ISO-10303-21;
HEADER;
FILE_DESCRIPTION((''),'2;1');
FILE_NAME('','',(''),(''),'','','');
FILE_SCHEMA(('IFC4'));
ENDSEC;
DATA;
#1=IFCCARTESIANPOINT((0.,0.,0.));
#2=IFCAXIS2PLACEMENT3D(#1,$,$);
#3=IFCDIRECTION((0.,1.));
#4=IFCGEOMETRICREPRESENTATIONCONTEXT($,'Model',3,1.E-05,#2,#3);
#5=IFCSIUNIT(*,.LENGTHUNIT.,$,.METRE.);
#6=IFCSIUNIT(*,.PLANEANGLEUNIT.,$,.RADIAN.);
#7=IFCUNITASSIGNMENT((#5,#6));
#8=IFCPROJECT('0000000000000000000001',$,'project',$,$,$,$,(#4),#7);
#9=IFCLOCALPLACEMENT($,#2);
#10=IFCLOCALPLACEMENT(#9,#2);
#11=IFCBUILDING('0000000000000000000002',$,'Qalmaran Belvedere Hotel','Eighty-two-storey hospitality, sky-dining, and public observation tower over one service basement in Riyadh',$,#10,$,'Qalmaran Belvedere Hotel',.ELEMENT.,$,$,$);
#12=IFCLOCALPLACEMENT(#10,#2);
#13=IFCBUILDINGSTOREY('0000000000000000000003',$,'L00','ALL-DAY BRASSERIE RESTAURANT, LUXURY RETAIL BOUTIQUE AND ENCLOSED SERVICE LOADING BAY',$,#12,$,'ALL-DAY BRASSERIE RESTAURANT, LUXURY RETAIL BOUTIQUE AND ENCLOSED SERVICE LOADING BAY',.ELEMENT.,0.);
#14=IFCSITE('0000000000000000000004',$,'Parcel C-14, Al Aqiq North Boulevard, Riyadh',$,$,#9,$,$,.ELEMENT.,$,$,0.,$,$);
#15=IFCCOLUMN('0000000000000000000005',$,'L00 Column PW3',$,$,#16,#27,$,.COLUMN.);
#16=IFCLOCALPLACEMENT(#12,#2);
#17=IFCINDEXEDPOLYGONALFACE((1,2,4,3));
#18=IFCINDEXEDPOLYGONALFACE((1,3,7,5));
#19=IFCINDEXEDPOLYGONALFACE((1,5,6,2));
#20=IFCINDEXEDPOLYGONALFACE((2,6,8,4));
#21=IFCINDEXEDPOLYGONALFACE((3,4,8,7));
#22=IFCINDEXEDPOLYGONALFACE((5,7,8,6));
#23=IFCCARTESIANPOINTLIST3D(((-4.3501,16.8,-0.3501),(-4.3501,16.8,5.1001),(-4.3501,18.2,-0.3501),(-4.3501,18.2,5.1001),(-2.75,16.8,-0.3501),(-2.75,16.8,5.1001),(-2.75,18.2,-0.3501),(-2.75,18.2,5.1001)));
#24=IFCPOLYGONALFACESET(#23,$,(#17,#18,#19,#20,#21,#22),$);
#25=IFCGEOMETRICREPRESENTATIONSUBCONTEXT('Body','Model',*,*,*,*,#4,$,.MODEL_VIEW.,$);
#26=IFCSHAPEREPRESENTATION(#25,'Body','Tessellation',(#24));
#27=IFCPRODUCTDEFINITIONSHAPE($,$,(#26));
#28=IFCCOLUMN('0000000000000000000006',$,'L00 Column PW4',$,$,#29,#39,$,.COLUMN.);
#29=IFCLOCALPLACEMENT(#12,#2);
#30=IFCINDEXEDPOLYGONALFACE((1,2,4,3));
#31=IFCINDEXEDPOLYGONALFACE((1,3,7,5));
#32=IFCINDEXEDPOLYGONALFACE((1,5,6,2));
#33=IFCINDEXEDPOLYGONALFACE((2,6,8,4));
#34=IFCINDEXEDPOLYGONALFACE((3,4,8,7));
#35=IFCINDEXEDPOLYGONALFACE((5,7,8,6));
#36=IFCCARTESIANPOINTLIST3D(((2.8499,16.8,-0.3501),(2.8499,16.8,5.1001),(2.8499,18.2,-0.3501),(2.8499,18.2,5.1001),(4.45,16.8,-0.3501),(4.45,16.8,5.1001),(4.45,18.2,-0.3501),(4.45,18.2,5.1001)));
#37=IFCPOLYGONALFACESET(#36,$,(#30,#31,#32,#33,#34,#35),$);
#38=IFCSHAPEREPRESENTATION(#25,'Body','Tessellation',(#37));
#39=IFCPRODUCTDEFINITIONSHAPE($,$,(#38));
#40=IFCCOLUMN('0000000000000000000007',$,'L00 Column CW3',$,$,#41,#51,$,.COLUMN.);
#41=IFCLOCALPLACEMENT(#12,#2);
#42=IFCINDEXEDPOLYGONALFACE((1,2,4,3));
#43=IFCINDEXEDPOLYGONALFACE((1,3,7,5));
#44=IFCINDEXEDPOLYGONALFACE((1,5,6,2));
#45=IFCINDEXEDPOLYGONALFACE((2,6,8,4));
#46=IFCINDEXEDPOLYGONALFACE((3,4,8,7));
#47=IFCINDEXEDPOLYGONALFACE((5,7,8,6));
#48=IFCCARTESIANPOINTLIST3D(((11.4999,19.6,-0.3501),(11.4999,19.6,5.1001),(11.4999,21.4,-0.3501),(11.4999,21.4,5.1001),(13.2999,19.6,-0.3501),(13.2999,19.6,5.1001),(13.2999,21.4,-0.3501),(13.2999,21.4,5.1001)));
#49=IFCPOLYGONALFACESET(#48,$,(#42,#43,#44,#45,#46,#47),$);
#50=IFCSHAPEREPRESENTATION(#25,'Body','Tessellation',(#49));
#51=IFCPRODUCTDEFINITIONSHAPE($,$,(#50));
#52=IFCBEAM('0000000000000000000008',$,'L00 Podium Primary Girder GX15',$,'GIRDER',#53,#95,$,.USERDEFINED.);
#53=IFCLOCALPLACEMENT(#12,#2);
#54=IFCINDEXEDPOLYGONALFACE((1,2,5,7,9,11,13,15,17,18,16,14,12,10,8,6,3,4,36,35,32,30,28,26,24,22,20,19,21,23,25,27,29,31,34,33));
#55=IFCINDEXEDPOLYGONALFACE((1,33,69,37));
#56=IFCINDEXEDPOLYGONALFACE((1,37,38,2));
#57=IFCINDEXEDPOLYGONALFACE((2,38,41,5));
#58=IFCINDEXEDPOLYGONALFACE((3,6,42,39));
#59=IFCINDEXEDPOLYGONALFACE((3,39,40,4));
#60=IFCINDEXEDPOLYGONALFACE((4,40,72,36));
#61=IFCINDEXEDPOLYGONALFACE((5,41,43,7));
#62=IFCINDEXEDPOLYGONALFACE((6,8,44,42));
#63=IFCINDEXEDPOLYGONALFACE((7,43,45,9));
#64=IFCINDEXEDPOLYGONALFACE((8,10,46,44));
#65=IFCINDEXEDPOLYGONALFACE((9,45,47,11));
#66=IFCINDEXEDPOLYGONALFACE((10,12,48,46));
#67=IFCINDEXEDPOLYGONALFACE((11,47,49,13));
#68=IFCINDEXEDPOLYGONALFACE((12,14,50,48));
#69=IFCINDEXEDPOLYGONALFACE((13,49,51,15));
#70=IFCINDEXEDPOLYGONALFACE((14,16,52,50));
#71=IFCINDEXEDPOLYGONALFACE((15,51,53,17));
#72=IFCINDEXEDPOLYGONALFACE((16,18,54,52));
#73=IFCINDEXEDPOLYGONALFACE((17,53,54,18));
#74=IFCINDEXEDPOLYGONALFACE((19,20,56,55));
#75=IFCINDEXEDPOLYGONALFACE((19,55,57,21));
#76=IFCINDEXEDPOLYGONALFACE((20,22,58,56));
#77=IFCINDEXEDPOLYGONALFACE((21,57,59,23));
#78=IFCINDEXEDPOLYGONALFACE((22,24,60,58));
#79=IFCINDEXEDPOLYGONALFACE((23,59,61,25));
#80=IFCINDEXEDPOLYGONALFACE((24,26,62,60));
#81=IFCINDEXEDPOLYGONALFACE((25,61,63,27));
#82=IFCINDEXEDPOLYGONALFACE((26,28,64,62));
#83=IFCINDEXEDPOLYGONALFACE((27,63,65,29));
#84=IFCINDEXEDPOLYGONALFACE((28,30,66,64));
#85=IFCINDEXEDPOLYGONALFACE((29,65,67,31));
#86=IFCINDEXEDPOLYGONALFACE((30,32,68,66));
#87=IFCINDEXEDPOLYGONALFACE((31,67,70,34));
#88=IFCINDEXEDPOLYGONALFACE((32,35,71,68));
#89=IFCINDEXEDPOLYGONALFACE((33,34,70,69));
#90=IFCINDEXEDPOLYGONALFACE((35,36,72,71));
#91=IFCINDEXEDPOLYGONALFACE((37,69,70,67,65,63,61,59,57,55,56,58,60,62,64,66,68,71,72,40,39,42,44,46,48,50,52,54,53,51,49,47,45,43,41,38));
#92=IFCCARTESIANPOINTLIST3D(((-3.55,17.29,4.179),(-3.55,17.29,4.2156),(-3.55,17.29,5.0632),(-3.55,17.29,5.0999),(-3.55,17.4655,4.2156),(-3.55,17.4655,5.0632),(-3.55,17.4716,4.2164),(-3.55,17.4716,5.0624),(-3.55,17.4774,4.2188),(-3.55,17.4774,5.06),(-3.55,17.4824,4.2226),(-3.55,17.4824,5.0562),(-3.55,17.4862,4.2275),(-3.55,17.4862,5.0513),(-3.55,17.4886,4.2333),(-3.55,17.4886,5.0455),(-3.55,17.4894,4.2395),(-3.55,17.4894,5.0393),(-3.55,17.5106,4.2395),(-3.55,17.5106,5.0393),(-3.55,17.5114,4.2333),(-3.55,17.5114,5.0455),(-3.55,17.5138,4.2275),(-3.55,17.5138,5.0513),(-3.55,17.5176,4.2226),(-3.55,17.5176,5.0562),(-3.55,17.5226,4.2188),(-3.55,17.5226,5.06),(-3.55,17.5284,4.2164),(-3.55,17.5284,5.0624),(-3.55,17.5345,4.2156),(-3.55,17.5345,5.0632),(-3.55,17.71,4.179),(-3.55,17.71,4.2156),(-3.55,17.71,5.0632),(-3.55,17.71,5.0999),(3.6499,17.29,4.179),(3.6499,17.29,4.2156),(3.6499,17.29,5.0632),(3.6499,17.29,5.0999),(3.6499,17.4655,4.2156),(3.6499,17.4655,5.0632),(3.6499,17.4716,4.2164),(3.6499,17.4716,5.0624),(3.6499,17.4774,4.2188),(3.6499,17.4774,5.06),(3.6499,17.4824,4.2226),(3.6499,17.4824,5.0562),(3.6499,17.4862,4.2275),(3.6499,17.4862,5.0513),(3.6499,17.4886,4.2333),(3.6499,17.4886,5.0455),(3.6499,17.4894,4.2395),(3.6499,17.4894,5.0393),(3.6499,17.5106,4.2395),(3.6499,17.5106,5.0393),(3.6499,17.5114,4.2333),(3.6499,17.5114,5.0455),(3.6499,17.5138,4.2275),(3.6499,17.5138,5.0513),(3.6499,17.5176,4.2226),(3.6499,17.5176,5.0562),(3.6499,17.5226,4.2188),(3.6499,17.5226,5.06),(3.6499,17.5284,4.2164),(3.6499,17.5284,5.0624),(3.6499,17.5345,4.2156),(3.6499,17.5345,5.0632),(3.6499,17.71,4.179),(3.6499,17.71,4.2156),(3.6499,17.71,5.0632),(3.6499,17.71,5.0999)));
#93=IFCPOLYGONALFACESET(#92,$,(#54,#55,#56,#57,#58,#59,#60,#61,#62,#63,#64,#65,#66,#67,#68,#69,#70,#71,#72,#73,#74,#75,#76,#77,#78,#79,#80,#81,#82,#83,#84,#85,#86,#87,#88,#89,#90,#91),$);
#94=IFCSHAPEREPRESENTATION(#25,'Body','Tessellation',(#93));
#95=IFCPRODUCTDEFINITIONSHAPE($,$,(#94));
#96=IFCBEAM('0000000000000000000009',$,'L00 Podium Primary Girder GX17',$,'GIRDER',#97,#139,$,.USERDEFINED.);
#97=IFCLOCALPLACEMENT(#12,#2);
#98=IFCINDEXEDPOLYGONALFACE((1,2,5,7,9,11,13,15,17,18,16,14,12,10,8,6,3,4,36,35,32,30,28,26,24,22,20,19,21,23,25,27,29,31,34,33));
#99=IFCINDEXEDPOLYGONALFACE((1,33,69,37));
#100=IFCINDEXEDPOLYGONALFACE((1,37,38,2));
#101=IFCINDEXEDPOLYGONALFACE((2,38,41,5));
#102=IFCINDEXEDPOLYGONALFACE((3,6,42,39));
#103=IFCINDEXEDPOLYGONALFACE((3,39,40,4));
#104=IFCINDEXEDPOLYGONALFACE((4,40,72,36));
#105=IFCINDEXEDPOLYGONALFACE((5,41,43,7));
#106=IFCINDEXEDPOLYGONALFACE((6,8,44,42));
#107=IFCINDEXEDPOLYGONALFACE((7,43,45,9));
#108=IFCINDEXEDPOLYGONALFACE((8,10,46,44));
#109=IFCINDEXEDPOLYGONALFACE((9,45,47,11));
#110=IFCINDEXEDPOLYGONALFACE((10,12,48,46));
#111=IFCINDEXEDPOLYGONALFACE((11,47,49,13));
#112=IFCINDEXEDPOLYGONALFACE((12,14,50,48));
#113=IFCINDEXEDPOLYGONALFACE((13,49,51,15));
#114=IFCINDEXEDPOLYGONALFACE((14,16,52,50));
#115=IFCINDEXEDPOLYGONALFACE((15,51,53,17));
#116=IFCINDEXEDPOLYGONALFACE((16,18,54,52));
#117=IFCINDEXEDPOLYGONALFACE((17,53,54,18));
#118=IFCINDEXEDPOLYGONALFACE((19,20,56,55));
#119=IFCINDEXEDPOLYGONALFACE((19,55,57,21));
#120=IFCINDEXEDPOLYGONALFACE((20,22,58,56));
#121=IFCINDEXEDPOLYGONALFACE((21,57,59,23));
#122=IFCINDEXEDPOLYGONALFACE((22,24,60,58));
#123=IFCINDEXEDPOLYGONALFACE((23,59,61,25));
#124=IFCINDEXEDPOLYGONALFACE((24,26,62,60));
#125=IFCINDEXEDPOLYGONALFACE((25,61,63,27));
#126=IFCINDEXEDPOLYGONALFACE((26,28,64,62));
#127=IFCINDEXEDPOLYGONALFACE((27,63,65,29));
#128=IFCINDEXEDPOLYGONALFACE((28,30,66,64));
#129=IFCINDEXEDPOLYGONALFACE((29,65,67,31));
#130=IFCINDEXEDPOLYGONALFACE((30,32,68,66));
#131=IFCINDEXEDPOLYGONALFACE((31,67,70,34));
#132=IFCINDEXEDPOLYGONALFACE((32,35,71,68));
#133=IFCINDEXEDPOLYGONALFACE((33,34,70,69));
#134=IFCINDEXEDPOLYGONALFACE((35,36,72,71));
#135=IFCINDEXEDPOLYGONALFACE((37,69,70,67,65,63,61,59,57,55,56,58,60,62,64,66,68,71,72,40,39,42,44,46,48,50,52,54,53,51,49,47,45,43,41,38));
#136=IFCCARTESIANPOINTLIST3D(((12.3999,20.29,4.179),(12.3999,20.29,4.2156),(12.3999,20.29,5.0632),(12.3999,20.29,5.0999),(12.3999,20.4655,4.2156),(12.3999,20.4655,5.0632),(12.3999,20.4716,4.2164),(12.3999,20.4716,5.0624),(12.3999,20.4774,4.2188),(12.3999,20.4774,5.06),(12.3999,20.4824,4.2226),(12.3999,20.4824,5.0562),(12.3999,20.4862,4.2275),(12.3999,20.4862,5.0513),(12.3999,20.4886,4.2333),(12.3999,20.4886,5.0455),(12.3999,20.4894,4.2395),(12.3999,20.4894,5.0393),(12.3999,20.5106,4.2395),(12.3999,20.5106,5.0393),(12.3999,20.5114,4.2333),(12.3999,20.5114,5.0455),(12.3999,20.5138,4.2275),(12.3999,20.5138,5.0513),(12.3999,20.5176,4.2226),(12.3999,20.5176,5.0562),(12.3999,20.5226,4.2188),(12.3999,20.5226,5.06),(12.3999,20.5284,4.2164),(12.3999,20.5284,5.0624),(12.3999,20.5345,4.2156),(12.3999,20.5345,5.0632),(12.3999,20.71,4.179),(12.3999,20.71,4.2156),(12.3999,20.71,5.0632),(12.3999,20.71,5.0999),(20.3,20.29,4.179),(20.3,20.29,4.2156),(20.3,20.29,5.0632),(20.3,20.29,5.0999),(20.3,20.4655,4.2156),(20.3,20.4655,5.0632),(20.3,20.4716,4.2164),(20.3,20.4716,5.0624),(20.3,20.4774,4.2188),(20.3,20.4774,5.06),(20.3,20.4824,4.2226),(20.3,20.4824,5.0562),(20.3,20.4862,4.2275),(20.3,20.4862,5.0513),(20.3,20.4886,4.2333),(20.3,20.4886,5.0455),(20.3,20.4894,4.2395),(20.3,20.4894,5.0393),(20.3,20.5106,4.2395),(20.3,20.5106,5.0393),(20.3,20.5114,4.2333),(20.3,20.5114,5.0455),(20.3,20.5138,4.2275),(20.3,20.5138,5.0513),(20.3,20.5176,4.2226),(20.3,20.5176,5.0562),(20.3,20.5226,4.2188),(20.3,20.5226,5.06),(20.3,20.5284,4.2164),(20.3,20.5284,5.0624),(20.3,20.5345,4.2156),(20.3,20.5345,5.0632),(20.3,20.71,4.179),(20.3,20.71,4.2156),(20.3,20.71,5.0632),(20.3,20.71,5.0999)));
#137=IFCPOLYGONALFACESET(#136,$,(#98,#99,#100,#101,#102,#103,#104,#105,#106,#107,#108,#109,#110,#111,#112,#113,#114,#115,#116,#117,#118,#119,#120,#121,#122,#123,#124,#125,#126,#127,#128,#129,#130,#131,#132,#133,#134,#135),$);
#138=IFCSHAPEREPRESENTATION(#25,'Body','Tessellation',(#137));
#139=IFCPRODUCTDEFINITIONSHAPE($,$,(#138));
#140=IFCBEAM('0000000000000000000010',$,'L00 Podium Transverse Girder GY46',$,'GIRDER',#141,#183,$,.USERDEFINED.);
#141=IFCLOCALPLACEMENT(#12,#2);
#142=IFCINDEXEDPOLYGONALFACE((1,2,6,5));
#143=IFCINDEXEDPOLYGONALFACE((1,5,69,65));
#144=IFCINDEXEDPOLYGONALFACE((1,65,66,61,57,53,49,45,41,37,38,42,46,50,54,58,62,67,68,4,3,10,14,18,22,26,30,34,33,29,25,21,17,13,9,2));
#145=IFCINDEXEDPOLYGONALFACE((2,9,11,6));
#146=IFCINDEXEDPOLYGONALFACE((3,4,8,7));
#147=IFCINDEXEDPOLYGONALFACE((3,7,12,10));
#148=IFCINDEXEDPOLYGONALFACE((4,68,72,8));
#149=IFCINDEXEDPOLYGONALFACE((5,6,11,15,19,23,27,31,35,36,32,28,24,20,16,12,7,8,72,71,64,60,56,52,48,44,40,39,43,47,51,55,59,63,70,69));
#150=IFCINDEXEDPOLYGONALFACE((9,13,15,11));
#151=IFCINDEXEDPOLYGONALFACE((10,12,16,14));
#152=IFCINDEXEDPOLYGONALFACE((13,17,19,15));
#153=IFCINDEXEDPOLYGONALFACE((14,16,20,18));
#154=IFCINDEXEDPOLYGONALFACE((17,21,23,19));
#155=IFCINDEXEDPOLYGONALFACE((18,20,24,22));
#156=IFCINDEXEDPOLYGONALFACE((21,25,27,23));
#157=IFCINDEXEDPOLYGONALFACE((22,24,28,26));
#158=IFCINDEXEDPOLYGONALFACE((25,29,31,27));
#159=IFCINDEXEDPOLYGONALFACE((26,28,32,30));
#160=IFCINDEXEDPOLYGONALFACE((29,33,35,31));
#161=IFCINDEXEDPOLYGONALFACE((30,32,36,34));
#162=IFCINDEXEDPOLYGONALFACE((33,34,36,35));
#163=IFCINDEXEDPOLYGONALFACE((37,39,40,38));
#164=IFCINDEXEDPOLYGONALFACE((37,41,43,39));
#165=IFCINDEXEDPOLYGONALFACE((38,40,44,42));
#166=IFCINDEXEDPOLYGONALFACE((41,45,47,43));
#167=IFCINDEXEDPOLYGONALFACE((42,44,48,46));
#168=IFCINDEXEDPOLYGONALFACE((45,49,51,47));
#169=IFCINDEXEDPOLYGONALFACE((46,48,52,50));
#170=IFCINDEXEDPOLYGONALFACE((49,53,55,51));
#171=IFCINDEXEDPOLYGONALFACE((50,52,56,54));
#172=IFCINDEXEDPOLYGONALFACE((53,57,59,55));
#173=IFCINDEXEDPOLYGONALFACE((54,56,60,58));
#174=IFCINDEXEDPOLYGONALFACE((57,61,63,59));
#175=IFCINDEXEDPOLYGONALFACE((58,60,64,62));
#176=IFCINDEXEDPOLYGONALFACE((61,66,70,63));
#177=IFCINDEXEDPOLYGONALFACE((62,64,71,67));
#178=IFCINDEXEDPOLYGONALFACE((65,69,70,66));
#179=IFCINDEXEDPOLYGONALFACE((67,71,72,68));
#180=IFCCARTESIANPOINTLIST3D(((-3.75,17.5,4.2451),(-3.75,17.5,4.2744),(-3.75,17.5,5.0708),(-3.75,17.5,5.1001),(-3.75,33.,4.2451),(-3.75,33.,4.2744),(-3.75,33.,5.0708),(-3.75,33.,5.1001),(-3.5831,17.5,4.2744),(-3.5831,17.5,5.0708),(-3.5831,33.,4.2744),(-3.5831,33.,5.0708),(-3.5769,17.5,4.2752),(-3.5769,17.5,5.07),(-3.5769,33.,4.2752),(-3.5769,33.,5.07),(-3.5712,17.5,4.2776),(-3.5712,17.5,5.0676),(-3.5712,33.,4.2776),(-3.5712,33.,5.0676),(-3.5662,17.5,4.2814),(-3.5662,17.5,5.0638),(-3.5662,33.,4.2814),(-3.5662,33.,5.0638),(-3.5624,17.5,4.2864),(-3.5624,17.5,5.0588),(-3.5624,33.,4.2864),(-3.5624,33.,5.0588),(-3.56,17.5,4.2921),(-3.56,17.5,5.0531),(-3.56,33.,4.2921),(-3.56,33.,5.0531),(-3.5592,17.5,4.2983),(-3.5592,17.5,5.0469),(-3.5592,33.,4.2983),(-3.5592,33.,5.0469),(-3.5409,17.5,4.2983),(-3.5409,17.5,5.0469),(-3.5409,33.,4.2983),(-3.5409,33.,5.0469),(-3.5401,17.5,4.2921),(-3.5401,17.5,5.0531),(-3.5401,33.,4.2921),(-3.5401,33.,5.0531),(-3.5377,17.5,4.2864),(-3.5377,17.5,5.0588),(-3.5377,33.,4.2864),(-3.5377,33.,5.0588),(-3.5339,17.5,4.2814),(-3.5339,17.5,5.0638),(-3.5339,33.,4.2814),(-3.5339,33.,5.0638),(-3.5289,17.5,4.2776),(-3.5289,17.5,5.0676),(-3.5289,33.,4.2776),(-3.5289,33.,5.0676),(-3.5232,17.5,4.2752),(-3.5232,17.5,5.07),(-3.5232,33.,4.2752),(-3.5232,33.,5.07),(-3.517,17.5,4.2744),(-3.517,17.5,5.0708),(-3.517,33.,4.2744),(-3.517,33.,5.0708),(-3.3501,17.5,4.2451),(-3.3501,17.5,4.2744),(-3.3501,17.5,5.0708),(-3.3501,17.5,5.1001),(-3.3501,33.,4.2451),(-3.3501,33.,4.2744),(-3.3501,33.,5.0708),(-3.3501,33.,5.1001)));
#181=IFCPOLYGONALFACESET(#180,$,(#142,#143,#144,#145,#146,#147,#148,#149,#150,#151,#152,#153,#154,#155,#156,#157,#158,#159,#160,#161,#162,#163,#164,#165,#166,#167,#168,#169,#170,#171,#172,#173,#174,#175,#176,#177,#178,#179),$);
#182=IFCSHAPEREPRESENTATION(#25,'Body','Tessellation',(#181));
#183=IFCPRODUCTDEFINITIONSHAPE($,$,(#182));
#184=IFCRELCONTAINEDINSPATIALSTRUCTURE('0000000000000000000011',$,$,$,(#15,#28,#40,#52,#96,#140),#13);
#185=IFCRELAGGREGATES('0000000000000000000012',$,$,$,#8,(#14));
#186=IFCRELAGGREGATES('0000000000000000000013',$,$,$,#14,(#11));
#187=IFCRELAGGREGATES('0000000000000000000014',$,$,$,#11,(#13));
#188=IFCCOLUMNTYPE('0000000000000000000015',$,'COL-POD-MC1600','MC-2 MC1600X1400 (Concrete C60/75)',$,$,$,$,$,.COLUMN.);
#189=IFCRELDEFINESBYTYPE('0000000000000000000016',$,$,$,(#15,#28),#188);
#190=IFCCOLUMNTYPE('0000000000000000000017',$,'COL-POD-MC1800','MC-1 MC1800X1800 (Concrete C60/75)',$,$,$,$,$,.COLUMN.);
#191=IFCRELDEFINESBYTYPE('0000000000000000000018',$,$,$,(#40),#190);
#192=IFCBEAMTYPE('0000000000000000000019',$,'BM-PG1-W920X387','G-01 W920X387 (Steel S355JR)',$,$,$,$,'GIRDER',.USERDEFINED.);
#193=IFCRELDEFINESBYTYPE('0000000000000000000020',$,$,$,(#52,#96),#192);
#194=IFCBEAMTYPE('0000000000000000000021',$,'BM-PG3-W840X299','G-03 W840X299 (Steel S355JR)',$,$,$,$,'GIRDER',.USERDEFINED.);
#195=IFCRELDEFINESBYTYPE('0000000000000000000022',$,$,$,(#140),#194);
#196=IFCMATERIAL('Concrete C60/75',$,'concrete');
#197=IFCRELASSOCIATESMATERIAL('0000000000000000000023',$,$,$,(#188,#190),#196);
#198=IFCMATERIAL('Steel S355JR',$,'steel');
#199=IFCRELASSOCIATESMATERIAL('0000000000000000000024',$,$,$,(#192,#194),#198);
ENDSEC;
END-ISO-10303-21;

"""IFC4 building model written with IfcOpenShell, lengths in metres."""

from ifc_helpers import new_model, si_unit, direction, frame, origin, origin_2d, place, context, subcontext, project, spatial, rectangle, i_section, extrude, material, material_profile, profile_set, type_object, element, save


model = new_model("IFC4")

# Units and contexts
model_context = context("Model", 3, precision=1e-05, world=origin(), true_north=direction((0.0, 1.0)))
body_context = subcontext(model_context, "Body", "Model", "MODEL_VIEW")
ifc_project = project(units=[si_unit("LENGTHUNIT", "METRE"), si_unit("PLANEANGLEUNIT", "RADIAN")], contexts=[model_context])

# Site, building, storey
site_placement = place(None, origin())
site = spatial("IfcSite", under=ifc_project, at=site_placement, Name="Parcel C-14, Al Aqiq North Boulevard, Riyadh", CompositionType="ELEMENT", RefElevation=0.0)
building_placement = place(site_placement, origin())
building = spatial("IfcBuilding", under=site, at=building_placement, Name="Qalmaran Belvedere Hotel", Description="Eighty-two-storey hospitality, sky-dining, and public observation tower over one service basement in Riyadh", LongName="Qalmaran Belvedere Hotel", CompositionType="ELEMENT")
storey_placement = place(building_placement, origin())
storey = spatial("IfcBuildingStorey", under=building, at=storey_placement, Name="L00", Description="ALL-DAY BRASSERIE RESTAURANT, LUXURY RETAIL BOUTIQUE AND ENCLOSED SERVICE LOADING BAY", LongName="ALL-DAY BRASSERIE RESTAURANT, LUXURY RETAIL BOUTIQUE AND ENCLOSED SERVICE LOADING BAY", CompositionType="ELEMENT", Elevation=0.0)

# Columns
ifc_material_1 = material(Name="Concrete C60/75", Category="concrete")
ifc_material_profile_1 = material_profile(ifc_material_1, rectangle(XDim=1.6001, YDim=1.3999, at=origin_2d()), Name="MC1600X1400")
ifc_profile_set_1 = profile_set([ifc_material_profile_1], Name="Concrete C60/75")
column_type_1 = type_object("IfcColumnType", Name="COL-POD-MC1600", Description="MC-2 MC1600X1400 (Concrete C60/75)", PredefinedType="COLUMN", material=ifc_profile_set_1)
for number, where, z_axis, x_axis, name in (
    (1, (-3.55, 17.5, -0.3501), (0.0, 0.0, 1.0), (1.0, 0.0, 0.0), "L00 Column PW3"),
    (2, (3.6499, 17.5, -0.3501), (0.0, 0.0, 1.0), (1.0, 0.0, 0.0), "L00 Column PW4"),
):
    element("IfcColumn", number, at=place(storey_placement, frame(where, z_axis=z_axis, x_axis=x_axis)), inside=storey, type_object=column_type_1, Name=name, PredefinedType="COLUMN", context=body_context, shape_type="SweptSolid", body=[
        extrude(rectangle(XDim=1.6001, YDim=1.3999, at=origin_2d()), origin(), (0.0, 0.0, 1.0), 5.4502),
    ])
ifc_material_profile_2 = material_profile(ifc_material_1, rectangle(XDim=1.8, YDim=1.8, at=origin_2d()), Name="MC1800X1800")
ifc_profile_set_2 = profile_set([ifc_material_profile_2], Name="Concrete C60/75")
column_type_2 = type_object("IfcColumnType", Name="COL-POD-MC1800", Description="MC-1 MC1800X1800 (Concrete C60/75)", PredefinedType="COLUMN", material=ifc_profile_set_2)
column_placement = place(storey_placement, frame((12.3999, 20.5, -0.3501), z_axis=(0.0, 0.0, 1.0), x_axis=(1.0, 0.0, 0.0)))
element("IfcColumn", 3, at=column_placement, inside=storey, type_object=column_type_2, Name="L00 Column CW3", PredefinedType="COLUMN", context=body_context, shape_type="SweptSolid", body=[
    extrude(rectangle(XDim=1.8, YDim=1.8, at=origin_2d()), origin(), (0.0, 0.0, 1.0), 5.4502),
])

# Beams
ifc_material_2 = material(Name="Steel S355JR", Category="steel")
ifc_material_profile_3 = material_profile(ifc_material_2, i_section(OverallWidth=0.4199, OverallDepth=0.9209, WebThickness=0.0212, FlangeThickness=0.0366, FilletRadius=0.0239, at=origin_2d()), Name="W920X387")
ifc_profile_set_3 = profile_set([ifc_material_profile_3], Name="Steel S355JR")
beam_type_1 = type_object("IfcBeamType", Name="BM-PG1-W920X387", Description="G-01 W920X387 (Steel S355JR)", ElementType="GIRDER", PredefinedType="USERDEFINED", material=ifc_profile_set_3)
beam_1_placement = place(storey_placement, frame((-3.55, 17.5, 4.6394), z_axis=(1.0, 0.0, 0.0), x_axis=(0.0, 1.0, 0.0)))
element("IfcBeam", 4, at=beam_1_placement, inside=storey, type_object=beam_type_1, Name="L00 Podium Primary Girder GX15", ObjectType="GIRDER", PredefinedType="USERDEFINED", context=body_context, shape_type="SweptSolid", body=[
    extrude(i_section(OverallWidth=0.4199, OverallDepth=0.9209, WebThickness=0.0212, FlangeThickness=0.0366, FilletRadius=0.0239, at=origin_2d()), origin(), (0.0, 0.0, 1.0), 7.2),
])
beam_2_placement = place(storey_placement, frame((12.3999, 20.5, 4.6394), z_axis=(1.0, 0.0, 0.0), x_axis=(0.0, 1.0, 0.0)))
element("IfcBeam", 5, at=beam_2_placement, inside=storey, type_object=beam_type_1, Name="L00 Podium Primary Girder GX17", ObjectType="GIRDER", PredefinedType="USERDEFINED", context=body_context, shape_type="SweptSolid", body=[
    extrude(i_section(OverallWidth=0.4199, OverallDepth=0.9209, WebThickness=0.0212, FlangeThickness=0.0366, FilletRadius=0.0239, at=origin_2d()), origin(), (0.0, 0.0, 1.0), 7.9001),
])
ifc_material_profile_4 = material_profile(ifc_material_2, i_section(OverallWidth=0.3999, OverallDepth=0.855, WebThickness=0.0183, FlangeThickness=0.0293, FilletRadius=0.0239, at=origin_2d()), Name="W840X299")
ifc_profile_set_4 = profile_set([ifc_material_profile_4], Name="Steel S355JR")
beam_type_2 = type_object("IfcBeamType", Name="BM-PG3-W840X299", Description="G-03 W840X299 (Steel S355JR)", ElementType="GIRDER", PredefinedType="USERDEFINED", material=ifc_profile_set_4)
for number, where, z_axis, x_axis, name in (
    (6, (-3.55, 17.5, 4.6726), (0.0, 1.0, 0.0), (-1.0, 0.0, 0.0), "L00 Podium Transverse Girder GY46"),
):
    element("IfcBeam", number, at=place(storey_placement, frame(where, z_axis=z_axis, x_axis=x_axis)), inside=storey, type_object=beam_type_2, Name=name, ObjectType="GIRDER", PredefinedType="USERDEFINED", context=body_context, shape_type="SweptSolid", body=[
        extrude(i_section(OverallWidth=0.3999, OverallDepth=0.855, WebThickness=0.0183, FlangeThickness=0.0293, FilletRadius=0.0239, at=origin_2d()), origin(), (0.0, 0.0, 1.0), 15.5),
    ])

save(model, "model.ifc")
